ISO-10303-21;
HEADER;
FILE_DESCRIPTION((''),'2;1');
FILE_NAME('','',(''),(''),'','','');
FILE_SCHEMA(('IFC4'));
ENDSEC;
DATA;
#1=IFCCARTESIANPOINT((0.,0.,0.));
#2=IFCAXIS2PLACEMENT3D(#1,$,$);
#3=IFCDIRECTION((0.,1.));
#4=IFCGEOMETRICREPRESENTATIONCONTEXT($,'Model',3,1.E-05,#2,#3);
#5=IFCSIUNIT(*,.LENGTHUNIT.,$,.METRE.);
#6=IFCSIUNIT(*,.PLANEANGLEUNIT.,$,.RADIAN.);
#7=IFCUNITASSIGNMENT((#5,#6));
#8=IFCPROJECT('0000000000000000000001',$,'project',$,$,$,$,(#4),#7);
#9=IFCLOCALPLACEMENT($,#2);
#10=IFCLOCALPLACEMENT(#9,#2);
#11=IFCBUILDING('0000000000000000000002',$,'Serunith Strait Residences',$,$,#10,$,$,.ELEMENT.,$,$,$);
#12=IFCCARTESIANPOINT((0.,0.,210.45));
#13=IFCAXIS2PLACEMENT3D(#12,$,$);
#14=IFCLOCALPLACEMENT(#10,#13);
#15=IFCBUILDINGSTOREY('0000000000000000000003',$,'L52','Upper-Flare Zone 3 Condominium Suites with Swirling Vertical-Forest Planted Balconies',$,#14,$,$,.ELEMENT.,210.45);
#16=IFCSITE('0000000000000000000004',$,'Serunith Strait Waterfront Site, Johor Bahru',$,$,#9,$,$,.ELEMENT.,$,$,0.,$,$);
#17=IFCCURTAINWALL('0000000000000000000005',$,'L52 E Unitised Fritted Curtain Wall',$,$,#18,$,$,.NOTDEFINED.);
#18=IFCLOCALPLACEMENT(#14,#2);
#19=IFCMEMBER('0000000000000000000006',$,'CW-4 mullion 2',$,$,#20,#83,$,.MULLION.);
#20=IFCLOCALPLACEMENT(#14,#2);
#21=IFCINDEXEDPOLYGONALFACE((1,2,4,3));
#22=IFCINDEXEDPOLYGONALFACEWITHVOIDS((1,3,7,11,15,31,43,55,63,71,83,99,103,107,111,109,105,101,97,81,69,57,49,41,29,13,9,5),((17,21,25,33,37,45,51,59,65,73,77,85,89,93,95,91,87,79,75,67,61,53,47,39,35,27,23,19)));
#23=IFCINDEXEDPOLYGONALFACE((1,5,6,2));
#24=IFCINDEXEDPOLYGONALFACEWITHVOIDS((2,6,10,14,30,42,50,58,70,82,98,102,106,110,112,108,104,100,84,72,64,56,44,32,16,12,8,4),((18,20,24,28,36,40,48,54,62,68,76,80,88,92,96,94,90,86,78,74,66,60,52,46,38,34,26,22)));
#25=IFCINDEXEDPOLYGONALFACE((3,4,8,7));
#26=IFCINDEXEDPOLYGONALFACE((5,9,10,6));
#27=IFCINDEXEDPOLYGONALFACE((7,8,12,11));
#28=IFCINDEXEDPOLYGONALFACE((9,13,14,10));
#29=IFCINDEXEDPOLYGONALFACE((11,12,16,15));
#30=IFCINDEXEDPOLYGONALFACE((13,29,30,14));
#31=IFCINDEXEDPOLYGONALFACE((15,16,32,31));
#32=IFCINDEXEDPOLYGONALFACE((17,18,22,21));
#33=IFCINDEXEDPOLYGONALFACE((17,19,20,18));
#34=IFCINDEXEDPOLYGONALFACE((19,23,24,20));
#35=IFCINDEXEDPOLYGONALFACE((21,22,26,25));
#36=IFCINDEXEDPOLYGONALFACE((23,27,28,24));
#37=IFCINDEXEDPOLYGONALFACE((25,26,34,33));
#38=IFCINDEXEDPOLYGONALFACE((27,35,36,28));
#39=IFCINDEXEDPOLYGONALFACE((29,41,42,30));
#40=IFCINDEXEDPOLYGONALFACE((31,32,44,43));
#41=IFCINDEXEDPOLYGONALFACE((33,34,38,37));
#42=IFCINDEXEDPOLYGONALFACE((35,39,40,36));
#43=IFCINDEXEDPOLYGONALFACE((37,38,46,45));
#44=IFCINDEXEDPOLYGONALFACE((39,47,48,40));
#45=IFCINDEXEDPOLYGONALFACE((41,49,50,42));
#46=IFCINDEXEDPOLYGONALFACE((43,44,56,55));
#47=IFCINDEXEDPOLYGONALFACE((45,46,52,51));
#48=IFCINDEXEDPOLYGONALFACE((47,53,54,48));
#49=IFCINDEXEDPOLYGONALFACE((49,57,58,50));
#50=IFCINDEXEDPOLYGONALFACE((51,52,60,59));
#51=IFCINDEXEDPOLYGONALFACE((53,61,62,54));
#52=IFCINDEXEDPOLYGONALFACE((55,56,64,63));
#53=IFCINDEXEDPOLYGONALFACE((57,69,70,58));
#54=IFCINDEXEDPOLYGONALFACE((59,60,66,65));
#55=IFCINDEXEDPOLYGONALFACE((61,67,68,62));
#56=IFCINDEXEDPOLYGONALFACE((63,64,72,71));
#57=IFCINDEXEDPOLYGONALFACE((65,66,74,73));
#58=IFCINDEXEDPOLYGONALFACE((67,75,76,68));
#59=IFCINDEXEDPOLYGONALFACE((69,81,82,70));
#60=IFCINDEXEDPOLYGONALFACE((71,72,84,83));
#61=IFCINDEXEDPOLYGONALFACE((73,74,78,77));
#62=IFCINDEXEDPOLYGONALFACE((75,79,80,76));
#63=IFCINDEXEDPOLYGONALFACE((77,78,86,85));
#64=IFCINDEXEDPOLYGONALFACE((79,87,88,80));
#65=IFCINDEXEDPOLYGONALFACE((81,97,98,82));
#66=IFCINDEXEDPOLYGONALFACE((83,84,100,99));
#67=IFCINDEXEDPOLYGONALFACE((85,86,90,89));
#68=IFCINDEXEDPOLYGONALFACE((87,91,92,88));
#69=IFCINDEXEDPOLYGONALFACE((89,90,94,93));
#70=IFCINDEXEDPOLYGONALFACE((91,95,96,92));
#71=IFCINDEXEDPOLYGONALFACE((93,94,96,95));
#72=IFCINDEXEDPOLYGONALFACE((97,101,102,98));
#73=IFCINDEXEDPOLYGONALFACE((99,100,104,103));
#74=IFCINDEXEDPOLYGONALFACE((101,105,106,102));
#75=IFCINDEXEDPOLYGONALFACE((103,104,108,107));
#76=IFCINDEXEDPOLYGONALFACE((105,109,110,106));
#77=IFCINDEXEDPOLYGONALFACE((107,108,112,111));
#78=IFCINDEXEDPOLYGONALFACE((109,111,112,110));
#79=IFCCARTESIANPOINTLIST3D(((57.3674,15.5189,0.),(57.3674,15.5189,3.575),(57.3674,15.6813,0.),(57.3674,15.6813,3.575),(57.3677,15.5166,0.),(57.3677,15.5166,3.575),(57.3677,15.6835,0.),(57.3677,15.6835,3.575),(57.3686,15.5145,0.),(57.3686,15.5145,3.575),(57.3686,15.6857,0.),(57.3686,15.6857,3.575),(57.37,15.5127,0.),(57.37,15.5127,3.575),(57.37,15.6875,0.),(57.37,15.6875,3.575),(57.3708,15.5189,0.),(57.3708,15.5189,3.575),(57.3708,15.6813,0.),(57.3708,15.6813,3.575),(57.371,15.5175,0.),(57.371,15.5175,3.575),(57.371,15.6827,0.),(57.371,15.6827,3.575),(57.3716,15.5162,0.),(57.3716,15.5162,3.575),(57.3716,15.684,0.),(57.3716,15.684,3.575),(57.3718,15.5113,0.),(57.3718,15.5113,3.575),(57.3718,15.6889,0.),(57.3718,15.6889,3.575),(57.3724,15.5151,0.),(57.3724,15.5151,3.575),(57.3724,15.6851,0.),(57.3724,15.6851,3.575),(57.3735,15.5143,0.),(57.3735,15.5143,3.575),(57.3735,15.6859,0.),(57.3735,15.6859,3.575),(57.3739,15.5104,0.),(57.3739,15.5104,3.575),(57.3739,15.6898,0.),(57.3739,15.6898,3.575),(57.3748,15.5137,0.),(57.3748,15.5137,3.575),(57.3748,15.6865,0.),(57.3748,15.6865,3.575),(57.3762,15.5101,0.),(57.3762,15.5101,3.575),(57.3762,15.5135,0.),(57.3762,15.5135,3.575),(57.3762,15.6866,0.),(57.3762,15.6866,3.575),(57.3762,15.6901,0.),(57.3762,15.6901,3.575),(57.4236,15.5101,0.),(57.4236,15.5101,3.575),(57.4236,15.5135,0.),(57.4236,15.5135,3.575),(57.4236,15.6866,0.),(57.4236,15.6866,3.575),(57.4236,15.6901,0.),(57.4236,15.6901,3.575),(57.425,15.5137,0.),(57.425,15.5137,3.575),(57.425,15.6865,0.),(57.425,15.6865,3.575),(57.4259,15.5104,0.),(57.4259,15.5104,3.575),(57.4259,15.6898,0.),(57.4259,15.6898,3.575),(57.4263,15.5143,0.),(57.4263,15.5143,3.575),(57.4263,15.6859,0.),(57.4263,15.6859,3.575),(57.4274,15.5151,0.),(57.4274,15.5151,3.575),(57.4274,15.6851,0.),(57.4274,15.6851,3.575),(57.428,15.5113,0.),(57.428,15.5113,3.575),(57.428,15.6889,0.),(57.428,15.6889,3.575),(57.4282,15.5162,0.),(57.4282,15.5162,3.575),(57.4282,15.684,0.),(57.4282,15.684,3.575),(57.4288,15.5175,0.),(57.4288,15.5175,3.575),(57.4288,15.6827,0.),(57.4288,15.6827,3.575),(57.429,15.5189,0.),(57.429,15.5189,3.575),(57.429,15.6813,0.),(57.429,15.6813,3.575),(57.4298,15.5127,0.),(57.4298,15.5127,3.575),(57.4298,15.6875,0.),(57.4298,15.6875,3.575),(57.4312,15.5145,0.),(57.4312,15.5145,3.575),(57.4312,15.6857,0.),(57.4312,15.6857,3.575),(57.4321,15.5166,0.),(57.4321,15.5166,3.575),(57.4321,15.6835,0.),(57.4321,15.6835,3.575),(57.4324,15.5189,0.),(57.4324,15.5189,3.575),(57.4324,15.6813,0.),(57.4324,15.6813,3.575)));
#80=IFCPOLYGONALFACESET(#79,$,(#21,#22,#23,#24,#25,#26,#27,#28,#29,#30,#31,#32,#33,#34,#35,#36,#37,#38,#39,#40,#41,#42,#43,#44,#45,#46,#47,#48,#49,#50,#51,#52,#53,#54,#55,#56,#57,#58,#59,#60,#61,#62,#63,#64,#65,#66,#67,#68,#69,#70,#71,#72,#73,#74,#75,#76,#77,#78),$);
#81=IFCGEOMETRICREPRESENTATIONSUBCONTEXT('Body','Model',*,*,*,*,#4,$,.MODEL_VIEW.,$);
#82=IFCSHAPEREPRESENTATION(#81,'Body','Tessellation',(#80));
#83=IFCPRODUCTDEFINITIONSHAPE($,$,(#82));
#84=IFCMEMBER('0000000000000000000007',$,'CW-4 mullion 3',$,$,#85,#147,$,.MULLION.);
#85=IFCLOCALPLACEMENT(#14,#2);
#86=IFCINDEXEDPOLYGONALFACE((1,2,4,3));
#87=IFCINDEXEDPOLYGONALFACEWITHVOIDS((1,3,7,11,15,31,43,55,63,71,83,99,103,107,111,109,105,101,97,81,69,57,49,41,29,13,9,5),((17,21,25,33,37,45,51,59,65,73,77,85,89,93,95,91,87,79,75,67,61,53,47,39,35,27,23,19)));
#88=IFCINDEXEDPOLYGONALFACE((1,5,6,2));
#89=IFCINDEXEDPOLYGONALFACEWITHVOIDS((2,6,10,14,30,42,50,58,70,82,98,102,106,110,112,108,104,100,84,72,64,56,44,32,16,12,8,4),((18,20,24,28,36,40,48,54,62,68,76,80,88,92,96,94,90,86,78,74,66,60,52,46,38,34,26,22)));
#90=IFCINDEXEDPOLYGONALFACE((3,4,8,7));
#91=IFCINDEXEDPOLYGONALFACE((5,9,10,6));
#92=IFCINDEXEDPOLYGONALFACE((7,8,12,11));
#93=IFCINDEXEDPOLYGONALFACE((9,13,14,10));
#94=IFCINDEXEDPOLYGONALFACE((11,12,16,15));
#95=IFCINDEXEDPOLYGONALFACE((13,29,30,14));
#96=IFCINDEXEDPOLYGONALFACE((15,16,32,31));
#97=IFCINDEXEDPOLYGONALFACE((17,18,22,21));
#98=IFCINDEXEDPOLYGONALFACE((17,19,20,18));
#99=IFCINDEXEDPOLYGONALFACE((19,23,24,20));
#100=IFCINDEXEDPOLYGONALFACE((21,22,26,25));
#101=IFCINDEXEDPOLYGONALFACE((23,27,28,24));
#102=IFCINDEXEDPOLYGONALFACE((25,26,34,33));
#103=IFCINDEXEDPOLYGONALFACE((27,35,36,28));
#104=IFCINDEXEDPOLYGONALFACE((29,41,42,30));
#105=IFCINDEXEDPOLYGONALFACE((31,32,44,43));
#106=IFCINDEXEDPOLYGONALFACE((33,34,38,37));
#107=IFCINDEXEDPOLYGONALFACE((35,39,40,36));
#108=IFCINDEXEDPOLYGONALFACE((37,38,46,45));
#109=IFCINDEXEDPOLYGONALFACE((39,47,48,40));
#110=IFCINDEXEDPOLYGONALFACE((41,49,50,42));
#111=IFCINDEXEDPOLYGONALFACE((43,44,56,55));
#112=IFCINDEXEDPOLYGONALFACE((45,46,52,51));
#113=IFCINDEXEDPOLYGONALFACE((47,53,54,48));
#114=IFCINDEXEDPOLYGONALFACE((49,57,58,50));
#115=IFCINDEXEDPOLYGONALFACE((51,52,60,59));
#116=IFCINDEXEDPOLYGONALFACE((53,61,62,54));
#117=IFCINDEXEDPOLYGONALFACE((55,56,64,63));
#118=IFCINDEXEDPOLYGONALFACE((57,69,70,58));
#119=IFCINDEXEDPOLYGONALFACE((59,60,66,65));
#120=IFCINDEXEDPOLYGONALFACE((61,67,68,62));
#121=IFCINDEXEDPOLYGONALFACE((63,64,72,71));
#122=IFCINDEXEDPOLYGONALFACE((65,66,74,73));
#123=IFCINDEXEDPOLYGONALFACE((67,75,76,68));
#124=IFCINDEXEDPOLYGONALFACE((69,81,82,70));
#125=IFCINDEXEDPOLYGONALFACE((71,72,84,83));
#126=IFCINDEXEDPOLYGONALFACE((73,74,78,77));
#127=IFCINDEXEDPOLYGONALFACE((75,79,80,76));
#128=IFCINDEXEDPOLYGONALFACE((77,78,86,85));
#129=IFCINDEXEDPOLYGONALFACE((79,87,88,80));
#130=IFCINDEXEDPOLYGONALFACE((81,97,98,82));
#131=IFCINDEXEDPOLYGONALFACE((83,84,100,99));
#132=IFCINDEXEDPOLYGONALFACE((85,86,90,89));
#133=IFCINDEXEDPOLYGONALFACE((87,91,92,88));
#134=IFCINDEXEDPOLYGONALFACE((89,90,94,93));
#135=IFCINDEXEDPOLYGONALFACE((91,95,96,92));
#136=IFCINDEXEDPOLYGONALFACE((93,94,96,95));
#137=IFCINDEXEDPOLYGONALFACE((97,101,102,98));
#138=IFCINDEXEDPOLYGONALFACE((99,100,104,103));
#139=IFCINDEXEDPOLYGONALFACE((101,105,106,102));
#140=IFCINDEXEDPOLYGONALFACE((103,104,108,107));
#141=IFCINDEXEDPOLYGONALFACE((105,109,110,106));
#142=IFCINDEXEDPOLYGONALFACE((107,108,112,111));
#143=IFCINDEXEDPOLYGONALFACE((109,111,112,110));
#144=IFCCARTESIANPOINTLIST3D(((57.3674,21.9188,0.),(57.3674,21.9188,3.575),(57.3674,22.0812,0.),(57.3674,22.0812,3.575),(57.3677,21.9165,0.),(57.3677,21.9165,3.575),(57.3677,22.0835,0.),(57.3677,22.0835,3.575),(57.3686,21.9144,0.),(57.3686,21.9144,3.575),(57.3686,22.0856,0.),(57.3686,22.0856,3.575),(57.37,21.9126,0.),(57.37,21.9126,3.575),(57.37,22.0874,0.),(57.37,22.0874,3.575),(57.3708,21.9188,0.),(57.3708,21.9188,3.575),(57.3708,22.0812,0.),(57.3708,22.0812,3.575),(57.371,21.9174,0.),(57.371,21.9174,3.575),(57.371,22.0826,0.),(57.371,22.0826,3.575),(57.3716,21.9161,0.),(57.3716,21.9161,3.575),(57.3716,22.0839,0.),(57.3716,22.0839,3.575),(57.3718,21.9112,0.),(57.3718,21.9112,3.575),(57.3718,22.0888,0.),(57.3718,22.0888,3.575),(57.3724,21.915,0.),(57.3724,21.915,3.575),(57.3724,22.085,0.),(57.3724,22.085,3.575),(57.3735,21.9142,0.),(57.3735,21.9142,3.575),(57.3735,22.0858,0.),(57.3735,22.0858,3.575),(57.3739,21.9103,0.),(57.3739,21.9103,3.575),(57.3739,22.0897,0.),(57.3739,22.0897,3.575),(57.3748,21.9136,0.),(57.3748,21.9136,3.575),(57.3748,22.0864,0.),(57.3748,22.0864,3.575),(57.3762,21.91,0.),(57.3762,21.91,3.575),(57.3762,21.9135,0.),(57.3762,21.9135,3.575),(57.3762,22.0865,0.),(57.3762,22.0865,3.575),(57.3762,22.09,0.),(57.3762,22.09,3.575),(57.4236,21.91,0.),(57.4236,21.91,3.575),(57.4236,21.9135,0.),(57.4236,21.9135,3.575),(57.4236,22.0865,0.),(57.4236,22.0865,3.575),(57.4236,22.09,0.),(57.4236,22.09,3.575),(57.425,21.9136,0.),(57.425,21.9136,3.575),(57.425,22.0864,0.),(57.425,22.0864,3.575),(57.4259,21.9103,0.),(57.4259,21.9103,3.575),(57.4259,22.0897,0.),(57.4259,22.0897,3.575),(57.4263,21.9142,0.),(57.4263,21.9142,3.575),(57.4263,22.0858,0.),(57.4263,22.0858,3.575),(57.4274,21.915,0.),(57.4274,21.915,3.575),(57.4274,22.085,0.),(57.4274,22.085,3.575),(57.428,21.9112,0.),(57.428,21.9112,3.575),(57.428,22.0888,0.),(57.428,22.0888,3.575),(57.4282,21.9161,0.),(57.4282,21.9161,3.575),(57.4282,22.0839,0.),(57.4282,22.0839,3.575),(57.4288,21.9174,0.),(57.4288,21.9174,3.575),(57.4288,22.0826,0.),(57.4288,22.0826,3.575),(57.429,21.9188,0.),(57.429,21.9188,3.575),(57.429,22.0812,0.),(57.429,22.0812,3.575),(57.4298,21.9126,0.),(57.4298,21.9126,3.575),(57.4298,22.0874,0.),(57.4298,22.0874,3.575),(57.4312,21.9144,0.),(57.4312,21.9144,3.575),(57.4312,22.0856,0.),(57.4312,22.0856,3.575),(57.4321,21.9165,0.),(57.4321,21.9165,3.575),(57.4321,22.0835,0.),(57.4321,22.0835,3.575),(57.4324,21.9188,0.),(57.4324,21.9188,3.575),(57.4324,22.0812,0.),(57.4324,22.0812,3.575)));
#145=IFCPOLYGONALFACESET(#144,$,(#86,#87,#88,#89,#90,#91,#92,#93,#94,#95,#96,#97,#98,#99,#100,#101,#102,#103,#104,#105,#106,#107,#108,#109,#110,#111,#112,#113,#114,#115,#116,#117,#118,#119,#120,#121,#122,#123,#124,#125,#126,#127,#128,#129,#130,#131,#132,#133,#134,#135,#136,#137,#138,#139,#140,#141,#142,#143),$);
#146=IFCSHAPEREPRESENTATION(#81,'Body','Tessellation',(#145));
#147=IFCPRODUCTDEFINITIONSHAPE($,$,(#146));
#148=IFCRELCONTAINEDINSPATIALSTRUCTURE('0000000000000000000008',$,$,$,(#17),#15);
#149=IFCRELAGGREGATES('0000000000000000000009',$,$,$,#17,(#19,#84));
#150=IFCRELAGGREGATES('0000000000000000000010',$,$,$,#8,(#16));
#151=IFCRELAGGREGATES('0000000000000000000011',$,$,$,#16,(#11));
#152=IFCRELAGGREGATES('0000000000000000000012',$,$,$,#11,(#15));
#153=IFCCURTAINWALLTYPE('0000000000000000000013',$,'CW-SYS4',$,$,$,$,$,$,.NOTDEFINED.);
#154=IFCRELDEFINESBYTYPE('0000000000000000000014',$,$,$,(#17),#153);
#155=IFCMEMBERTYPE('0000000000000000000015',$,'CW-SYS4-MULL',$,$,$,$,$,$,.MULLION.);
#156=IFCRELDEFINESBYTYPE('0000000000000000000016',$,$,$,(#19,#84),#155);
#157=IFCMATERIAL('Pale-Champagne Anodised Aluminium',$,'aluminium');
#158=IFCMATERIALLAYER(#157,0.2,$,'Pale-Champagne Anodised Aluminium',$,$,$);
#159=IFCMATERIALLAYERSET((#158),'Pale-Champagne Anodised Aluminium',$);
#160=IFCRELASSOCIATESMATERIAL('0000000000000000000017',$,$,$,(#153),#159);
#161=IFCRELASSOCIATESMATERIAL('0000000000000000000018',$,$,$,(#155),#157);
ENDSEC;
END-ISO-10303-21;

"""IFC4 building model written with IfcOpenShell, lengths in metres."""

from ifc_helpers import new_model, si_unit, direction, frame, origin, origin_2d, place, context, subcontext, project, spatial, hollow_rectangle, extrude, source, transform, mapped, material, layer, layer_set, material_profile, profile_set, type_object, element, aggregate, save


model = new_model("IFC4")

# Units and contexts
model_context = context("Model", 3, precision=1e-05, world=origin(), true_north=direction((0.0, 1.0)))
body_context = subcontext(model_context, "Body", "Model", "MODEL_VIEW")
ifc_project = project(units=[si_unit("LENGTHUNIT", "METRE"), si_unit("PLANEANGLEUNIT", "RADIAN")], contexts=[model_context])

# Site, building, storey
site_placement = place(None, origin())
site = spatial("IfcSite", under=ifc_project, at=site_placement, Name="Serunith Strait Waterfront Site, Johor Bahru", CompositionType="ELEMENT", RefElevation=0.0)
building_placement = place(site_placement, origin())
building = spatial("IfcBuilding", under=site, at=building_placement, Name="Serunith Strait Residences", CompositionType="ELEMENT")
storey_placement = place(building_placement, frame((0.0, 0.0, 210.45)))
storey = spatial("IfcBuildingStorey", under=building, at=storey_placement, Name="L52", Description="Upper-Flare Zone 3 Condominium Suites with Swirling Vertical-Forest Planted Balconies", CompositionType="ELEMENT", Elevation=210.45)

# Curtain wall, members
ifc_material_1 = material(Name="Pale-Champagne Anodised Aluminium", Category="aluminium")
ifc_layer_1 = layer(ifc_material_1, 0.2, Name="Pale-Champagne Anodised Aluminium")
ifc_layer_set_1 = layer_set([ifc_layer_1], Name="Pale-Champagne Anodised Aluminium")
curtain_wall_type = type_object("IfcCurtainWallType", Name="CW-SYS4", PredefinedType="NOTDEFINED", material=ifc_layer_set_1)
curtain_wall_placement = place(storey_placement, origin())
curtain_wall = element("IfcCurtainWall", 1, at=curtain_wall_placement, inside=storey, type_object=curtain_wall_type, Name="L52 E Unitised Fritted Curtain Wall", PredefinedType="NOTDEFINED")
ifc_material_profile_1 = material_profile(ifc_material_1, hollow_rectangle(XDim=0.0649, YDim=0.1799, WallThickness=0.0034, InnerFilletRadius=0.0054, OuterFilletRadius=0.0088, at=origin_2d()), Name="ALU 180x65x3.5")
ifc_profile_set_1 = profile_set([ifc_material_profile_1], Name="Pale-Champagne Anodised Aluminium")
member_type_1 = type_object("IfcMemberType", Name="CW-SYS4-MULL", PredefinedType="MULLION", material=ifc_profile_set_1)
shared_shape_1 = source(origin(), body_context, "Body", "SweptSolid", [
    extrude(hollow_rectangle(XDim=0.0649, YDim=0.1799, WallThickness=0.0034, InnerFilletRadius=0.0054, OuterFilletRadius=0.0088, at=origin_2d()), origin(), (0.0, 0.0, 1.0), 3.575),
])
member_1_placement = place(storey_placement, frame((57.3999, 15.6001, 0.0), z_axis=(0.0, 0.0, 1.0), x_axis=(-1.0, 0.0, 0.0)))
member_1 = element("IfcMember", 2, at=member_1_placement, type_object=member_type_1, Name="CW-4 mullion 2", PredefinedType="MULLION", context=body_context, shape_type="MappedRepresentation", body=[
    mapped(shared_shape_1, transform((0.0, 0.0, 0.0), scale=1.0)),
])
member_2_placement = place(storey_placement, frame((57.3999, 22.0, 0.0), z_axis=(0.0, 0.0, 1.0), x_axis=(-1.0, 0.0, 0.0)))
member_2 = element("IfcMember", 3, at=member_2_placement, type_object=member_type_1, Name="CW-4 mullion 3", PredefinedType="MULLION", context=body_context, shape_type="MappedRepresentation", body=[
    mapped(shared_shape_1, transform((0.0, 0.0, 0.0), scale=1.0)),
])
aggregate(curtain_wall, [member_1, member_2])

save(model, "model.ifc")
